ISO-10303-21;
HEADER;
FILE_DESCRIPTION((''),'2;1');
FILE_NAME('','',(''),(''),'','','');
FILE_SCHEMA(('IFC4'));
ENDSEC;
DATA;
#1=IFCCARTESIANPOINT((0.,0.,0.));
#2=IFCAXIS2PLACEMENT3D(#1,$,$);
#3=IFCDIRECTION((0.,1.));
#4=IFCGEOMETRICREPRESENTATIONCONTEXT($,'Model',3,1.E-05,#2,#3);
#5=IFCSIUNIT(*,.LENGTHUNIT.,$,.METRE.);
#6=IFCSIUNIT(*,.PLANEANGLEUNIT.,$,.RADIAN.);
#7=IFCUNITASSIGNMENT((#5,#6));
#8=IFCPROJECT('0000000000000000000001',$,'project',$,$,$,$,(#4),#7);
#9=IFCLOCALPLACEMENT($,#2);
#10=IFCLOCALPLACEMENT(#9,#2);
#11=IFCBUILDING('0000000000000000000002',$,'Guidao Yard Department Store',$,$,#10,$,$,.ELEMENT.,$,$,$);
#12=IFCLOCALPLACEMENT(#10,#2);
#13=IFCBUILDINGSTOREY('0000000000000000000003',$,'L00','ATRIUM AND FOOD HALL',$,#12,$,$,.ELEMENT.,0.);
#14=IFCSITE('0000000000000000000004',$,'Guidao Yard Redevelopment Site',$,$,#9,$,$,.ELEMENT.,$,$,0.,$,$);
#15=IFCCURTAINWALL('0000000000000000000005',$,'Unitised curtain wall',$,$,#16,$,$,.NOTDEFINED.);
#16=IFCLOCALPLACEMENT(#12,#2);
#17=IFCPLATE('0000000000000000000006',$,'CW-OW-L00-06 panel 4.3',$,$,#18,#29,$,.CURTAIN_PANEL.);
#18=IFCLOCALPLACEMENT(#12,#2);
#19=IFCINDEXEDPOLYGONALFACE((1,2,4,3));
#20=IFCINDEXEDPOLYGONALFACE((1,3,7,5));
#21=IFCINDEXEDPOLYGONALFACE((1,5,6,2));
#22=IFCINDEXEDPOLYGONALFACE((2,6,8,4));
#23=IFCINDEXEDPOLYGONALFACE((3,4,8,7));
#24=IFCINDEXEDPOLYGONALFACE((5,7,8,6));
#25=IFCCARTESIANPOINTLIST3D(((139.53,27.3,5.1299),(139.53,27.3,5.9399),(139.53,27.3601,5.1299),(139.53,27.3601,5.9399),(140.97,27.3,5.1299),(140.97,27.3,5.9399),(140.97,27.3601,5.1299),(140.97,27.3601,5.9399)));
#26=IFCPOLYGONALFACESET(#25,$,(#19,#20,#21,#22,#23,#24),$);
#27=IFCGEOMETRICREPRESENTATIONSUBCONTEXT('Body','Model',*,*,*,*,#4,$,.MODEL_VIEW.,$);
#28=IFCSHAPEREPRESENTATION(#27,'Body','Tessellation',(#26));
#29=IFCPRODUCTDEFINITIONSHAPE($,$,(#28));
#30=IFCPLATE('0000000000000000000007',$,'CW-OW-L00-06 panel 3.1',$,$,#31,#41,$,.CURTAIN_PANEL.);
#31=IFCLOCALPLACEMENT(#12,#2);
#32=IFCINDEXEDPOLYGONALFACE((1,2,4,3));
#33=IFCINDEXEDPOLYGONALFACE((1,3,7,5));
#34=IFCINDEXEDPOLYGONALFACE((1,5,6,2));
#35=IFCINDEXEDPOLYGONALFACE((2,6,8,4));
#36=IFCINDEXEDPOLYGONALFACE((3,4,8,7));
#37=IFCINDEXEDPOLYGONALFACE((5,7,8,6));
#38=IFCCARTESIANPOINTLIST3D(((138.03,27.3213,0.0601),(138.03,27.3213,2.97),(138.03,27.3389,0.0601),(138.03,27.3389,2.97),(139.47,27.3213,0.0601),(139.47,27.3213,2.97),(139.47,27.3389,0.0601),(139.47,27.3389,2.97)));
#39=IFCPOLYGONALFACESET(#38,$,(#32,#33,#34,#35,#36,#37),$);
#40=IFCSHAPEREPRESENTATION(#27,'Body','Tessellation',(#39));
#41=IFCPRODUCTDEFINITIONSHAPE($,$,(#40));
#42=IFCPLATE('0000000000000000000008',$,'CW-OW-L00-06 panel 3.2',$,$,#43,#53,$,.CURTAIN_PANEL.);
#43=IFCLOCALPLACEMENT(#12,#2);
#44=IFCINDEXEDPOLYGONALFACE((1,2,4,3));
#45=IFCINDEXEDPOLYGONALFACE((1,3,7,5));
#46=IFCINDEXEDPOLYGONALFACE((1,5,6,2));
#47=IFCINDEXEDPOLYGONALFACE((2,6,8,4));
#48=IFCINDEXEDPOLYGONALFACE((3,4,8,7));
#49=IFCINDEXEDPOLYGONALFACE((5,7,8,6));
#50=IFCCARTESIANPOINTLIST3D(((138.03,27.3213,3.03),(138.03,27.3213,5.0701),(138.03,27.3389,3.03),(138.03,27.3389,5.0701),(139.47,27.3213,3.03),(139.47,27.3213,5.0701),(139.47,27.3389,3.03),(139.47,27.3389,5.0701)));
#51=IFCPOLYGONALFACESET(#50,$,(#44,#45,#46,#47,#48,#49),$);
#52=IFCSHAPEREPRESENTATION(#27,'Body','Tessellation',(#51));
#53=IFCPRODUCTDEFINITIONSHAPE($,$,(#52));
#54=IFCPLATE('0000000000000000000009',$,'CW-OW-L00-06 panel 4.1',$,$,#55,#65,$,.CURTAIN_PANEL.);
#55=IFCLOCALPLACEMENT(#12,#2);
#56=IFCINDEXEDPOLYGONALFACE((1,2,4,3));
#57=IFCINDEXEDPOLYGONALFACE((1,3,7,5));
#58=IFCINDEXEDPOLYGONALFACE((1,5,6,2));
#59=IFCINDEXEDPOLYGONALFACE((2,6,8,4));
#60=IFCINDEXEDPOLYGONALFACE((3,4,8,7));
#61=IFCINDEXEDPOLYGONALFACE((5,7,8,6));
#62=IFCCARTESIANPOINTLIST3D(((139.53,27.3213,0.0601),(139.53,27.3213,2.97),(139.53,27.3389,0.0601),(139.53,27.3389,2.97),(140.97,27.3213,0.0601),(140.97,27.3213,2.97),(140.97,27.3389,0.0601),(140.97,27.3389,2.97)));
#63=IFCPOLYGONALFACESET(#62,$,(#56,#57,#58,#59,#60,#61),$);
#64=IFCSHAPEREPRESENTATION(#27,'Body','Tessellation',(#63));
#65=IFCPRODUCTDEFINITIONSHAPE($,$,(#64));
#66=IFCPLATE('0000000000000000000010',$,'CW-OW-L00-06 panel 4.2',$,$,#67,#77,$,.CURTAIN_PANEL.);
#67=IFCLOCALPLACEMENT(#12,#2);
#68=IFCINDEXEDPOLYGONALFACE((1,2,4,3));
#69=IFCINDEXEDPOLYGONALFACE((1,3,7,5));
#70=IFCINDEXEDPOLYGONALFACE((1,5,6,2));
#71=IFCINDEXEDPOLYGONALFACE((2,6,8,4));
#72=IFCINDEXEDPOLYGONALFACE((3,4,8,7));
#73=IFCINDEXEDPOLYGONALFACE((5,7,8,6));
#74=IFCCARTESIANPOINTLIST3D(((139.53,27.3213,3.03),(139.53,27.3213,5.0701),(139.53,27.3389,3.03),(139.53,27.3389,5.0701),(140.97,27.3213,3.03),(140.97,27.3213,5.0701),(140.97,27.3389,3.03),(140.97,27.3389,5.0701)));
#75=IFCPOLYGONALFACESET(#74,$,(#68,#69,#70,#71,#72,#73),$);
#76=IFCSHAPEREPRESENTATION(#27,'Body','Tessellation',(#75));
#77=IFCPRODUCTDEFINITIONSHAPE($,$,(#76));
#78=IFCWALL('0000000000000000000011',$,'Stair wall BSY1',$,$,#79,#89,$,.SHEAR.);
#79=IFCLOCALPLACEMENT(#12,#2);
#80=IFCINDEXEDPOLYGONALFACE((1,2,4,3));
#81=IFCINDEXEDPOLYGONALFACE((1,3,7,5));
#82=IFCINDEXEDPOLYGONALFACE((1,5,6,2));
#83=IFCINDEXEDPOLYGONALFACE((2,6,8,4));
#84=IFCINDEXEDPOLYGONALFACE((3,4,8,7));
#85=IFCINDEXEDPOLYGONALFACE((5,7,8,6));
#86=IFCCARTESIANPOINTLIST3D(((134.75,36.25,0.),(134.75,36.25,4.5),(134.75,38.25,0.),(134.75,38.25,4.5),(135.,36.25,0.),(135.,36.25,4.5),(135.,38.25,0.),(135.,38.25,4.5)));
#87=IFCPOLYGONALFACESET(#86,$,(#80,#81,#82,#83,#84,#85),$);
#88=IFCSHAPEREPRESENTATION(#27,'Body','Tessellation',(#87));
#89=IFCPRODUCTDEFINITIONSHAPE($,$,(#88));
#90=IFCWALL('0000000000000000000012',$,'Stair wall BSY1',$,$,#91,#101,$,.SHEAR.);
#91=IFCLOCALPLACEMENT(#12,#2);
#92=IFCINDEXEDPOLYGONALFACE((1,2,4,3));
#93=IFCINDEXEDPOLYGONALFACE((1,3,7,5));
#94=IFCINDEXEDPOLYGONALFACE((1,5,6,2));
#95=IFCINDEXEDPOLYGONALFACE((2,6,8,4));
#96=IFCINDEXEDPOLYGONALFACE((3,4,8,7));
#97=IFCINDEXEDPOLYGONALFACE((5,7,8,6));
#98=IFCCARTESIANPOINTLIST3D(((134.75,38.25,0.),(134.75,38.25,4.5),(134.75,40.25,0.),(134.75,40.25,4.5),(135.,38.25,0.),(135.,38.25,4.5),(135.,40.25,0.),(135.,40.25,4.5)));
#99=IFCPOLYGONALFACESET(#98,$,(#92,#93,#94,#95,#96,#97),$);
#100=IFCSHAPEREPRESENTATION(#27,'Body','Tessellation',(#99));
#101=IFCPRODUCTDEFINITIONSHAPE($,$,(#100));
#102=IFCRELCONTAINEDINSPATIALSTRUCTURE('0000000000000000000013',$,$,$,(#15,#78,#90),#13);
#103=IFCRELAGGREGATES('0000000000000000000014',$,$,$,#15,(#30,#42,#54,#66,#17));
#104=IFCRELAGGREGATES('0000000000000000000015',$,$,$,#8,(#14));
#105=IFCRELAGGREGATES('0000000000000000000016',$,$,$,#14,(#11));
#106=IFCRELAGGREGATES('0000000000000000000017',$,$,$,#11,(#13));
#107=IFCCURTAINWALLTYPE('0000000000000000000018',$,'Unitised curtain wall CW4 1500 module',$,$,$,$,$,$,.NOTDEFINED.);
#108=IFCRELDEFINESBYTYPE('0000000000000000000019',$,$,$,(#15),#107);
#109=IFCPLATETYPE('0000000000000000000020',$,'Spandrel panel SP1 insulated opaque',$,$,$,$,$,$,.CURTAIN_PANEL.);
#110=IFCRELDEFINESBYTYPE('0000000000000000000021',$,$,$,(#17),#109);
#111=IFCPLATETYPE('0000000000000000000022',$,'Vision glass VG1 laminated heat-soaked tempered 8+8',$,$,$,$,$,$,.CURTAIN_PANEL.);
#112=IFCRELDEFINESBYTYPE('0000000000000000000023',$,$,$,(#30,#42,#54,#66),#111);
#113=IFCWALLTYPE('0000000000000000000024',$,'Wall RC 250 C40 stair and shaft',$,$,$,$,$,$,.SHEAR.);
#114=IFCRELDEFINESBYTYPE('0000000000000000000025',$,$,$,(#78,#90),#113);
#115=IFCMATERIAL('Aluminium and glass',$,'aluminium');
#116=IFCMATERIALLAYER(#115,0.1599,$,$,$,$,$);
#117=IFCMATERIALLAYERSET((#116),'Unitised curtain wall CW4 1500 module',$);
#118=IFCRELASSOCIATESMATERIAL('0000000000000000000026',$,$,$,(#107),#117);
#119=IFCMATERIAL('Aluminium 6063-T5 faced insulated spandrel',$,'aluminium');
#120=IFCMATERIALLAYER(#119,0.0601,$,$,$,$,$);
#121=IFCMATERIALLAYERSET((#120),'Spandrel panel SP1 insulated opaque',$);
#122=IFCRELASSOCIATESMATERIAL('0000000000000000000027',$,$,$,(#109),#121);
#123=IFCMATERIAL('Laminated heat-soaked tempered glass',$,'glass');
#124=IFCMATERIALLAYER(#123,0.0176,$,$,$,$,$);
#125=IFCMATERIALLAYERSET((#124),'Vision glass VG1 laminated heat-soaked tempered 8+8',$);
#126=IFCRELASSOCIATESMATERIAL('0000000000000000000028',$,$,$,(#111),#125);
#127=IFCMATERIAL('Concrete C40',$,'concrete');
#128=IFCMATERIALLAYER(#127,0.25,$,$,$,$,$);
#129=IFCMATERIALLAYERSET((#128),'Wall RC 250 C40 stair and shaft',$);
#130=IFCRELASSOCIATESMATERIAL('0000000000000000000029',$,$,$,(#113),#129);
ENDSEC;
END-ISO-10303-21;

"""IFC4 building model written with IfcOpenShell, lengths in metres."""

from ifc_helpers import new_model, si_unit, direction, frame, frame_2d, origin, origin_2d, place, context, subcontext, project, spatial, rectangle, extrude, material, layer, layer_set, type_object, element, aggregate, save


model = new_model("IFC4")

# Units and contexts
model_context = context("Model", 3, precision=1e-05, world=origin(), true_north=direction((0.0, 1.0)))
body_context = subcontext(model_context, "Body", "Model", "MODEL_VIEW")
ifc_project = project(units=[si_unit("LENGTHUNIT", "METRE"), si_unit("PLANEANGLEUNIT", "RADIAN")], contexts=[model_context])

# Site, building, storey
site_placement = place(None, origin())
site = spatial("IfcSite", under=ifc_project, at=site_placement, Name="Guidao Yard Redevelopment Site", CompositionType="ELEMENT", RefElevation=0.0)
building_placement = place(site_placement, origin())
building = spatial("IfcBuilding", under=site, at=building_placement, Name="Guidao Yard Department Store", CompositionType="ELEMENT")
storey_placement = place(building_placement, origin())
storey = spatial("IfcBuildingStorey", under=building, at=storey_placement, Name="L00", Description="ATRIUM AND FOOD HALL", CompositionType="ELEMENT", Elevation=0.0)

# Curtain wall
ifc_material_1 = material(Name="Aluminium and glass", Category="aluminium")
ifc_layer_1 = layer(ifc_material_1, 0.1599)
ifc_layer_set_1 = layer_set([ifc_layer_1], Name="Unitised curtain wall CW4 1500 module")
curtain_wall_type = type_object("IfcCurtainWallType", Name="Unitised curtain wall CW4 1500 module", PredefinedType="NOTDEFINED", material=ifc_layer_set_1)
curtain_wall_placement = place(storey_placement, origin())
curtain_wall = element("IfcCurtainWall", 1, at=curtain_wall_placement, inside=storey, type_object=curtain_wall_type, Name="Unitised curtain wall", PredefinedType="NOTDEFINED")

# Plates
ifc_material_2 = material(Name="Aluminium 6063-T5 faced insulated spandrel", Category="aluminium")
ifc_layer_2 = layer(ifc_material_2, 0.0601)
ifc_layer_set_2 = layer_set([ifc_layer_2], Name="Spandrel panel SP1 insulated opaque")
plate_type_1 = type_object("IfcPlateType", Name="Spandrel panel SP1 insulated opaque", PredefinedType="CURTAIN_PANEL", material=ifc_layer_set_2)
plate_1_placement = place(storey_placement, frame((140.25, 27.3301, 5.1299), z_axis=(0.0, 0.0, 1.0), x_axis=(1.0, 0.0, 0.0)))
plate_1 = element("IfcPlate", 2, at=plate_1_placement, type_object=plate_type_1, Name="CW-OW-L00-06 panel 4.3", PredefinedType="CURTAIN_PANEL", context=body_context, shape_type="SweptSolid", body=[
    extrude(rectangle(XDim=1.4399, YDim=0.0601, at=origin_2d()), origin(), (0.0, 0.0, 1.0), 0.8101),
])
ifc_material_3 = material(Name="Laminated heat-soaked tempered glass", Category="glass")
ifc_layer_3 = layer(ifc_material_3, 0.0176)
ifc_layer_set_3 = layer_set([ifc_layer_3], Name="Vision glass VG1 laminated heat-soaked tempered 8+8")
plate_type_2 = type_object("IfcPlateType", Name="Vision glass VG1 laminated heat-soaked tempered 8+8", PredefinedType="CURTAIN_PANEL", material=ifc_layer_set_3)
plate_2_placement = place(storey_placement, frame((138.75, 27.3301, 0.0601), z_axis=(0.0, 0.0, 1.0), x_axis=(1.0, 0.0, 0.0)))
plate_2 = element("IfcPlate", 3, at=plate_2_placement, type_object=plate_type_2, Name="CW-OW-L00-06 panel 3.1", PredefinedType="CURTAIN_PANEL", context=body_context, shape_type="SweptSolid", body=[
    extrude(rectangle(XDim=1.4399, YDim=0.0176, at=origin_2d()), origin(), (0.0, 0.0, 1.0), 2.9099),
])
plate_3_placement = place(storey_placement, frame((138.75, 27.3301, 3.03), z_axis=(0.0, 0.0, 1.0), x_axis=(1.0, 0.0, 0.0)))
plate_3 = element("IfcPlate", 4, at=plate_3_placement, type_object=plate_type_2, Name="CW-OW-L00-06 panel 3.2", PredefinedType="CURTAIN_PANEL", context=body_context, shape_type="SweptSolid", body=[
    extrude(rectangle(XDim=1.4399, YDim=0.0176, at=origin_2d()), origin(), (0.0, 0.0, 1.0), 2.04),
])
plate_4_placement = place(storey_placement, frame((140.25, 27.3301, 0.0601), z_axis=(0.0, 0.0, 1.0), x_axis=(1.0, 0.0, 0.0)))
plate_4 = element("IfcPlate", 5, at=plate_4_placement, type_object=plate_type_2, Name="CW-OW-L00-06 panel 4.1", PredefinedType="CURTAIN_PANEL", context=body_context, shape_type="SweptSolid", body=[
    extrude(rectangle(XDim=1.4399, YDim=0.0176, at=origin_2d()), origin(), (0.0, 0.0, 1.0), 2.9099),
])
plate_5_placement = place(storey_placement, frame((140.25, 27.3301, 3.03), z_axis=(0.0, 0.0, 1.0), x_axis=(1.0, 0.0, 0.0)))
plate_5 = element("IfcPlate", 6, at=plate_5_placement, type_object=plate_type_2, Name="CW-OW-L00-06 panel 4.2", PredefinedType="CURTAIN_PANEL", context=body_context, shape_type="SweptSolid", body=[
    extrude(rectangle(XDim=1.4399, YDim=0.0176, at=origin_2d()), origin(), (0.0, 0.0, 1.0), 2.04),
])
aggregate(curtain_wall, [plate_2, plate_3, plate_4, plate_5, plate_1])

# Walls
ifc_material_4 = material(Name="Concrete C40", Category="concrete")
ifc_layer_4 = layer(ifc_material_4, 0.25)
ifc_layer_set_4 = layer_set([ifc_layer_4], Name="Wall RC 250 C40 stair and shaft")
wall_type = type_object("IfcWallType", Name="Wall RC 250 C40 stair and shaft", PredefinedType="SHEAR", material=ifc_layer_set_4)
for number, where, z_axis, x_axis, name in (
    (7, (134.875, 36.25, 0.0), (0.0, 0.0, 1.0), (0.0, 1.0, 0.0), "Stair wall BSY1"),
    (8, (134.875, 38.25, 0.0), (0.0, 0.0, 1.0), (0.0, 1.0, 0.0), "Stair wall BSY1"),
):
    element("IfcWall", number, at=place(storey_placement, frame(where, z_axis=z_axis, x_axis=x_axis)), inside=storey, type_object=wall_type, Name=name, PredefinedType="SHEAR", context=body_context, shape_type="SweptSolid", body=[
        extrude(rectangle(XDim=2.0, YDim=0.25, at=frame_2d((1.0, 0.0))), origin(), (0.0, 0.0, 1.0), 4.5),
    ])

save(model, "model.ifc")
